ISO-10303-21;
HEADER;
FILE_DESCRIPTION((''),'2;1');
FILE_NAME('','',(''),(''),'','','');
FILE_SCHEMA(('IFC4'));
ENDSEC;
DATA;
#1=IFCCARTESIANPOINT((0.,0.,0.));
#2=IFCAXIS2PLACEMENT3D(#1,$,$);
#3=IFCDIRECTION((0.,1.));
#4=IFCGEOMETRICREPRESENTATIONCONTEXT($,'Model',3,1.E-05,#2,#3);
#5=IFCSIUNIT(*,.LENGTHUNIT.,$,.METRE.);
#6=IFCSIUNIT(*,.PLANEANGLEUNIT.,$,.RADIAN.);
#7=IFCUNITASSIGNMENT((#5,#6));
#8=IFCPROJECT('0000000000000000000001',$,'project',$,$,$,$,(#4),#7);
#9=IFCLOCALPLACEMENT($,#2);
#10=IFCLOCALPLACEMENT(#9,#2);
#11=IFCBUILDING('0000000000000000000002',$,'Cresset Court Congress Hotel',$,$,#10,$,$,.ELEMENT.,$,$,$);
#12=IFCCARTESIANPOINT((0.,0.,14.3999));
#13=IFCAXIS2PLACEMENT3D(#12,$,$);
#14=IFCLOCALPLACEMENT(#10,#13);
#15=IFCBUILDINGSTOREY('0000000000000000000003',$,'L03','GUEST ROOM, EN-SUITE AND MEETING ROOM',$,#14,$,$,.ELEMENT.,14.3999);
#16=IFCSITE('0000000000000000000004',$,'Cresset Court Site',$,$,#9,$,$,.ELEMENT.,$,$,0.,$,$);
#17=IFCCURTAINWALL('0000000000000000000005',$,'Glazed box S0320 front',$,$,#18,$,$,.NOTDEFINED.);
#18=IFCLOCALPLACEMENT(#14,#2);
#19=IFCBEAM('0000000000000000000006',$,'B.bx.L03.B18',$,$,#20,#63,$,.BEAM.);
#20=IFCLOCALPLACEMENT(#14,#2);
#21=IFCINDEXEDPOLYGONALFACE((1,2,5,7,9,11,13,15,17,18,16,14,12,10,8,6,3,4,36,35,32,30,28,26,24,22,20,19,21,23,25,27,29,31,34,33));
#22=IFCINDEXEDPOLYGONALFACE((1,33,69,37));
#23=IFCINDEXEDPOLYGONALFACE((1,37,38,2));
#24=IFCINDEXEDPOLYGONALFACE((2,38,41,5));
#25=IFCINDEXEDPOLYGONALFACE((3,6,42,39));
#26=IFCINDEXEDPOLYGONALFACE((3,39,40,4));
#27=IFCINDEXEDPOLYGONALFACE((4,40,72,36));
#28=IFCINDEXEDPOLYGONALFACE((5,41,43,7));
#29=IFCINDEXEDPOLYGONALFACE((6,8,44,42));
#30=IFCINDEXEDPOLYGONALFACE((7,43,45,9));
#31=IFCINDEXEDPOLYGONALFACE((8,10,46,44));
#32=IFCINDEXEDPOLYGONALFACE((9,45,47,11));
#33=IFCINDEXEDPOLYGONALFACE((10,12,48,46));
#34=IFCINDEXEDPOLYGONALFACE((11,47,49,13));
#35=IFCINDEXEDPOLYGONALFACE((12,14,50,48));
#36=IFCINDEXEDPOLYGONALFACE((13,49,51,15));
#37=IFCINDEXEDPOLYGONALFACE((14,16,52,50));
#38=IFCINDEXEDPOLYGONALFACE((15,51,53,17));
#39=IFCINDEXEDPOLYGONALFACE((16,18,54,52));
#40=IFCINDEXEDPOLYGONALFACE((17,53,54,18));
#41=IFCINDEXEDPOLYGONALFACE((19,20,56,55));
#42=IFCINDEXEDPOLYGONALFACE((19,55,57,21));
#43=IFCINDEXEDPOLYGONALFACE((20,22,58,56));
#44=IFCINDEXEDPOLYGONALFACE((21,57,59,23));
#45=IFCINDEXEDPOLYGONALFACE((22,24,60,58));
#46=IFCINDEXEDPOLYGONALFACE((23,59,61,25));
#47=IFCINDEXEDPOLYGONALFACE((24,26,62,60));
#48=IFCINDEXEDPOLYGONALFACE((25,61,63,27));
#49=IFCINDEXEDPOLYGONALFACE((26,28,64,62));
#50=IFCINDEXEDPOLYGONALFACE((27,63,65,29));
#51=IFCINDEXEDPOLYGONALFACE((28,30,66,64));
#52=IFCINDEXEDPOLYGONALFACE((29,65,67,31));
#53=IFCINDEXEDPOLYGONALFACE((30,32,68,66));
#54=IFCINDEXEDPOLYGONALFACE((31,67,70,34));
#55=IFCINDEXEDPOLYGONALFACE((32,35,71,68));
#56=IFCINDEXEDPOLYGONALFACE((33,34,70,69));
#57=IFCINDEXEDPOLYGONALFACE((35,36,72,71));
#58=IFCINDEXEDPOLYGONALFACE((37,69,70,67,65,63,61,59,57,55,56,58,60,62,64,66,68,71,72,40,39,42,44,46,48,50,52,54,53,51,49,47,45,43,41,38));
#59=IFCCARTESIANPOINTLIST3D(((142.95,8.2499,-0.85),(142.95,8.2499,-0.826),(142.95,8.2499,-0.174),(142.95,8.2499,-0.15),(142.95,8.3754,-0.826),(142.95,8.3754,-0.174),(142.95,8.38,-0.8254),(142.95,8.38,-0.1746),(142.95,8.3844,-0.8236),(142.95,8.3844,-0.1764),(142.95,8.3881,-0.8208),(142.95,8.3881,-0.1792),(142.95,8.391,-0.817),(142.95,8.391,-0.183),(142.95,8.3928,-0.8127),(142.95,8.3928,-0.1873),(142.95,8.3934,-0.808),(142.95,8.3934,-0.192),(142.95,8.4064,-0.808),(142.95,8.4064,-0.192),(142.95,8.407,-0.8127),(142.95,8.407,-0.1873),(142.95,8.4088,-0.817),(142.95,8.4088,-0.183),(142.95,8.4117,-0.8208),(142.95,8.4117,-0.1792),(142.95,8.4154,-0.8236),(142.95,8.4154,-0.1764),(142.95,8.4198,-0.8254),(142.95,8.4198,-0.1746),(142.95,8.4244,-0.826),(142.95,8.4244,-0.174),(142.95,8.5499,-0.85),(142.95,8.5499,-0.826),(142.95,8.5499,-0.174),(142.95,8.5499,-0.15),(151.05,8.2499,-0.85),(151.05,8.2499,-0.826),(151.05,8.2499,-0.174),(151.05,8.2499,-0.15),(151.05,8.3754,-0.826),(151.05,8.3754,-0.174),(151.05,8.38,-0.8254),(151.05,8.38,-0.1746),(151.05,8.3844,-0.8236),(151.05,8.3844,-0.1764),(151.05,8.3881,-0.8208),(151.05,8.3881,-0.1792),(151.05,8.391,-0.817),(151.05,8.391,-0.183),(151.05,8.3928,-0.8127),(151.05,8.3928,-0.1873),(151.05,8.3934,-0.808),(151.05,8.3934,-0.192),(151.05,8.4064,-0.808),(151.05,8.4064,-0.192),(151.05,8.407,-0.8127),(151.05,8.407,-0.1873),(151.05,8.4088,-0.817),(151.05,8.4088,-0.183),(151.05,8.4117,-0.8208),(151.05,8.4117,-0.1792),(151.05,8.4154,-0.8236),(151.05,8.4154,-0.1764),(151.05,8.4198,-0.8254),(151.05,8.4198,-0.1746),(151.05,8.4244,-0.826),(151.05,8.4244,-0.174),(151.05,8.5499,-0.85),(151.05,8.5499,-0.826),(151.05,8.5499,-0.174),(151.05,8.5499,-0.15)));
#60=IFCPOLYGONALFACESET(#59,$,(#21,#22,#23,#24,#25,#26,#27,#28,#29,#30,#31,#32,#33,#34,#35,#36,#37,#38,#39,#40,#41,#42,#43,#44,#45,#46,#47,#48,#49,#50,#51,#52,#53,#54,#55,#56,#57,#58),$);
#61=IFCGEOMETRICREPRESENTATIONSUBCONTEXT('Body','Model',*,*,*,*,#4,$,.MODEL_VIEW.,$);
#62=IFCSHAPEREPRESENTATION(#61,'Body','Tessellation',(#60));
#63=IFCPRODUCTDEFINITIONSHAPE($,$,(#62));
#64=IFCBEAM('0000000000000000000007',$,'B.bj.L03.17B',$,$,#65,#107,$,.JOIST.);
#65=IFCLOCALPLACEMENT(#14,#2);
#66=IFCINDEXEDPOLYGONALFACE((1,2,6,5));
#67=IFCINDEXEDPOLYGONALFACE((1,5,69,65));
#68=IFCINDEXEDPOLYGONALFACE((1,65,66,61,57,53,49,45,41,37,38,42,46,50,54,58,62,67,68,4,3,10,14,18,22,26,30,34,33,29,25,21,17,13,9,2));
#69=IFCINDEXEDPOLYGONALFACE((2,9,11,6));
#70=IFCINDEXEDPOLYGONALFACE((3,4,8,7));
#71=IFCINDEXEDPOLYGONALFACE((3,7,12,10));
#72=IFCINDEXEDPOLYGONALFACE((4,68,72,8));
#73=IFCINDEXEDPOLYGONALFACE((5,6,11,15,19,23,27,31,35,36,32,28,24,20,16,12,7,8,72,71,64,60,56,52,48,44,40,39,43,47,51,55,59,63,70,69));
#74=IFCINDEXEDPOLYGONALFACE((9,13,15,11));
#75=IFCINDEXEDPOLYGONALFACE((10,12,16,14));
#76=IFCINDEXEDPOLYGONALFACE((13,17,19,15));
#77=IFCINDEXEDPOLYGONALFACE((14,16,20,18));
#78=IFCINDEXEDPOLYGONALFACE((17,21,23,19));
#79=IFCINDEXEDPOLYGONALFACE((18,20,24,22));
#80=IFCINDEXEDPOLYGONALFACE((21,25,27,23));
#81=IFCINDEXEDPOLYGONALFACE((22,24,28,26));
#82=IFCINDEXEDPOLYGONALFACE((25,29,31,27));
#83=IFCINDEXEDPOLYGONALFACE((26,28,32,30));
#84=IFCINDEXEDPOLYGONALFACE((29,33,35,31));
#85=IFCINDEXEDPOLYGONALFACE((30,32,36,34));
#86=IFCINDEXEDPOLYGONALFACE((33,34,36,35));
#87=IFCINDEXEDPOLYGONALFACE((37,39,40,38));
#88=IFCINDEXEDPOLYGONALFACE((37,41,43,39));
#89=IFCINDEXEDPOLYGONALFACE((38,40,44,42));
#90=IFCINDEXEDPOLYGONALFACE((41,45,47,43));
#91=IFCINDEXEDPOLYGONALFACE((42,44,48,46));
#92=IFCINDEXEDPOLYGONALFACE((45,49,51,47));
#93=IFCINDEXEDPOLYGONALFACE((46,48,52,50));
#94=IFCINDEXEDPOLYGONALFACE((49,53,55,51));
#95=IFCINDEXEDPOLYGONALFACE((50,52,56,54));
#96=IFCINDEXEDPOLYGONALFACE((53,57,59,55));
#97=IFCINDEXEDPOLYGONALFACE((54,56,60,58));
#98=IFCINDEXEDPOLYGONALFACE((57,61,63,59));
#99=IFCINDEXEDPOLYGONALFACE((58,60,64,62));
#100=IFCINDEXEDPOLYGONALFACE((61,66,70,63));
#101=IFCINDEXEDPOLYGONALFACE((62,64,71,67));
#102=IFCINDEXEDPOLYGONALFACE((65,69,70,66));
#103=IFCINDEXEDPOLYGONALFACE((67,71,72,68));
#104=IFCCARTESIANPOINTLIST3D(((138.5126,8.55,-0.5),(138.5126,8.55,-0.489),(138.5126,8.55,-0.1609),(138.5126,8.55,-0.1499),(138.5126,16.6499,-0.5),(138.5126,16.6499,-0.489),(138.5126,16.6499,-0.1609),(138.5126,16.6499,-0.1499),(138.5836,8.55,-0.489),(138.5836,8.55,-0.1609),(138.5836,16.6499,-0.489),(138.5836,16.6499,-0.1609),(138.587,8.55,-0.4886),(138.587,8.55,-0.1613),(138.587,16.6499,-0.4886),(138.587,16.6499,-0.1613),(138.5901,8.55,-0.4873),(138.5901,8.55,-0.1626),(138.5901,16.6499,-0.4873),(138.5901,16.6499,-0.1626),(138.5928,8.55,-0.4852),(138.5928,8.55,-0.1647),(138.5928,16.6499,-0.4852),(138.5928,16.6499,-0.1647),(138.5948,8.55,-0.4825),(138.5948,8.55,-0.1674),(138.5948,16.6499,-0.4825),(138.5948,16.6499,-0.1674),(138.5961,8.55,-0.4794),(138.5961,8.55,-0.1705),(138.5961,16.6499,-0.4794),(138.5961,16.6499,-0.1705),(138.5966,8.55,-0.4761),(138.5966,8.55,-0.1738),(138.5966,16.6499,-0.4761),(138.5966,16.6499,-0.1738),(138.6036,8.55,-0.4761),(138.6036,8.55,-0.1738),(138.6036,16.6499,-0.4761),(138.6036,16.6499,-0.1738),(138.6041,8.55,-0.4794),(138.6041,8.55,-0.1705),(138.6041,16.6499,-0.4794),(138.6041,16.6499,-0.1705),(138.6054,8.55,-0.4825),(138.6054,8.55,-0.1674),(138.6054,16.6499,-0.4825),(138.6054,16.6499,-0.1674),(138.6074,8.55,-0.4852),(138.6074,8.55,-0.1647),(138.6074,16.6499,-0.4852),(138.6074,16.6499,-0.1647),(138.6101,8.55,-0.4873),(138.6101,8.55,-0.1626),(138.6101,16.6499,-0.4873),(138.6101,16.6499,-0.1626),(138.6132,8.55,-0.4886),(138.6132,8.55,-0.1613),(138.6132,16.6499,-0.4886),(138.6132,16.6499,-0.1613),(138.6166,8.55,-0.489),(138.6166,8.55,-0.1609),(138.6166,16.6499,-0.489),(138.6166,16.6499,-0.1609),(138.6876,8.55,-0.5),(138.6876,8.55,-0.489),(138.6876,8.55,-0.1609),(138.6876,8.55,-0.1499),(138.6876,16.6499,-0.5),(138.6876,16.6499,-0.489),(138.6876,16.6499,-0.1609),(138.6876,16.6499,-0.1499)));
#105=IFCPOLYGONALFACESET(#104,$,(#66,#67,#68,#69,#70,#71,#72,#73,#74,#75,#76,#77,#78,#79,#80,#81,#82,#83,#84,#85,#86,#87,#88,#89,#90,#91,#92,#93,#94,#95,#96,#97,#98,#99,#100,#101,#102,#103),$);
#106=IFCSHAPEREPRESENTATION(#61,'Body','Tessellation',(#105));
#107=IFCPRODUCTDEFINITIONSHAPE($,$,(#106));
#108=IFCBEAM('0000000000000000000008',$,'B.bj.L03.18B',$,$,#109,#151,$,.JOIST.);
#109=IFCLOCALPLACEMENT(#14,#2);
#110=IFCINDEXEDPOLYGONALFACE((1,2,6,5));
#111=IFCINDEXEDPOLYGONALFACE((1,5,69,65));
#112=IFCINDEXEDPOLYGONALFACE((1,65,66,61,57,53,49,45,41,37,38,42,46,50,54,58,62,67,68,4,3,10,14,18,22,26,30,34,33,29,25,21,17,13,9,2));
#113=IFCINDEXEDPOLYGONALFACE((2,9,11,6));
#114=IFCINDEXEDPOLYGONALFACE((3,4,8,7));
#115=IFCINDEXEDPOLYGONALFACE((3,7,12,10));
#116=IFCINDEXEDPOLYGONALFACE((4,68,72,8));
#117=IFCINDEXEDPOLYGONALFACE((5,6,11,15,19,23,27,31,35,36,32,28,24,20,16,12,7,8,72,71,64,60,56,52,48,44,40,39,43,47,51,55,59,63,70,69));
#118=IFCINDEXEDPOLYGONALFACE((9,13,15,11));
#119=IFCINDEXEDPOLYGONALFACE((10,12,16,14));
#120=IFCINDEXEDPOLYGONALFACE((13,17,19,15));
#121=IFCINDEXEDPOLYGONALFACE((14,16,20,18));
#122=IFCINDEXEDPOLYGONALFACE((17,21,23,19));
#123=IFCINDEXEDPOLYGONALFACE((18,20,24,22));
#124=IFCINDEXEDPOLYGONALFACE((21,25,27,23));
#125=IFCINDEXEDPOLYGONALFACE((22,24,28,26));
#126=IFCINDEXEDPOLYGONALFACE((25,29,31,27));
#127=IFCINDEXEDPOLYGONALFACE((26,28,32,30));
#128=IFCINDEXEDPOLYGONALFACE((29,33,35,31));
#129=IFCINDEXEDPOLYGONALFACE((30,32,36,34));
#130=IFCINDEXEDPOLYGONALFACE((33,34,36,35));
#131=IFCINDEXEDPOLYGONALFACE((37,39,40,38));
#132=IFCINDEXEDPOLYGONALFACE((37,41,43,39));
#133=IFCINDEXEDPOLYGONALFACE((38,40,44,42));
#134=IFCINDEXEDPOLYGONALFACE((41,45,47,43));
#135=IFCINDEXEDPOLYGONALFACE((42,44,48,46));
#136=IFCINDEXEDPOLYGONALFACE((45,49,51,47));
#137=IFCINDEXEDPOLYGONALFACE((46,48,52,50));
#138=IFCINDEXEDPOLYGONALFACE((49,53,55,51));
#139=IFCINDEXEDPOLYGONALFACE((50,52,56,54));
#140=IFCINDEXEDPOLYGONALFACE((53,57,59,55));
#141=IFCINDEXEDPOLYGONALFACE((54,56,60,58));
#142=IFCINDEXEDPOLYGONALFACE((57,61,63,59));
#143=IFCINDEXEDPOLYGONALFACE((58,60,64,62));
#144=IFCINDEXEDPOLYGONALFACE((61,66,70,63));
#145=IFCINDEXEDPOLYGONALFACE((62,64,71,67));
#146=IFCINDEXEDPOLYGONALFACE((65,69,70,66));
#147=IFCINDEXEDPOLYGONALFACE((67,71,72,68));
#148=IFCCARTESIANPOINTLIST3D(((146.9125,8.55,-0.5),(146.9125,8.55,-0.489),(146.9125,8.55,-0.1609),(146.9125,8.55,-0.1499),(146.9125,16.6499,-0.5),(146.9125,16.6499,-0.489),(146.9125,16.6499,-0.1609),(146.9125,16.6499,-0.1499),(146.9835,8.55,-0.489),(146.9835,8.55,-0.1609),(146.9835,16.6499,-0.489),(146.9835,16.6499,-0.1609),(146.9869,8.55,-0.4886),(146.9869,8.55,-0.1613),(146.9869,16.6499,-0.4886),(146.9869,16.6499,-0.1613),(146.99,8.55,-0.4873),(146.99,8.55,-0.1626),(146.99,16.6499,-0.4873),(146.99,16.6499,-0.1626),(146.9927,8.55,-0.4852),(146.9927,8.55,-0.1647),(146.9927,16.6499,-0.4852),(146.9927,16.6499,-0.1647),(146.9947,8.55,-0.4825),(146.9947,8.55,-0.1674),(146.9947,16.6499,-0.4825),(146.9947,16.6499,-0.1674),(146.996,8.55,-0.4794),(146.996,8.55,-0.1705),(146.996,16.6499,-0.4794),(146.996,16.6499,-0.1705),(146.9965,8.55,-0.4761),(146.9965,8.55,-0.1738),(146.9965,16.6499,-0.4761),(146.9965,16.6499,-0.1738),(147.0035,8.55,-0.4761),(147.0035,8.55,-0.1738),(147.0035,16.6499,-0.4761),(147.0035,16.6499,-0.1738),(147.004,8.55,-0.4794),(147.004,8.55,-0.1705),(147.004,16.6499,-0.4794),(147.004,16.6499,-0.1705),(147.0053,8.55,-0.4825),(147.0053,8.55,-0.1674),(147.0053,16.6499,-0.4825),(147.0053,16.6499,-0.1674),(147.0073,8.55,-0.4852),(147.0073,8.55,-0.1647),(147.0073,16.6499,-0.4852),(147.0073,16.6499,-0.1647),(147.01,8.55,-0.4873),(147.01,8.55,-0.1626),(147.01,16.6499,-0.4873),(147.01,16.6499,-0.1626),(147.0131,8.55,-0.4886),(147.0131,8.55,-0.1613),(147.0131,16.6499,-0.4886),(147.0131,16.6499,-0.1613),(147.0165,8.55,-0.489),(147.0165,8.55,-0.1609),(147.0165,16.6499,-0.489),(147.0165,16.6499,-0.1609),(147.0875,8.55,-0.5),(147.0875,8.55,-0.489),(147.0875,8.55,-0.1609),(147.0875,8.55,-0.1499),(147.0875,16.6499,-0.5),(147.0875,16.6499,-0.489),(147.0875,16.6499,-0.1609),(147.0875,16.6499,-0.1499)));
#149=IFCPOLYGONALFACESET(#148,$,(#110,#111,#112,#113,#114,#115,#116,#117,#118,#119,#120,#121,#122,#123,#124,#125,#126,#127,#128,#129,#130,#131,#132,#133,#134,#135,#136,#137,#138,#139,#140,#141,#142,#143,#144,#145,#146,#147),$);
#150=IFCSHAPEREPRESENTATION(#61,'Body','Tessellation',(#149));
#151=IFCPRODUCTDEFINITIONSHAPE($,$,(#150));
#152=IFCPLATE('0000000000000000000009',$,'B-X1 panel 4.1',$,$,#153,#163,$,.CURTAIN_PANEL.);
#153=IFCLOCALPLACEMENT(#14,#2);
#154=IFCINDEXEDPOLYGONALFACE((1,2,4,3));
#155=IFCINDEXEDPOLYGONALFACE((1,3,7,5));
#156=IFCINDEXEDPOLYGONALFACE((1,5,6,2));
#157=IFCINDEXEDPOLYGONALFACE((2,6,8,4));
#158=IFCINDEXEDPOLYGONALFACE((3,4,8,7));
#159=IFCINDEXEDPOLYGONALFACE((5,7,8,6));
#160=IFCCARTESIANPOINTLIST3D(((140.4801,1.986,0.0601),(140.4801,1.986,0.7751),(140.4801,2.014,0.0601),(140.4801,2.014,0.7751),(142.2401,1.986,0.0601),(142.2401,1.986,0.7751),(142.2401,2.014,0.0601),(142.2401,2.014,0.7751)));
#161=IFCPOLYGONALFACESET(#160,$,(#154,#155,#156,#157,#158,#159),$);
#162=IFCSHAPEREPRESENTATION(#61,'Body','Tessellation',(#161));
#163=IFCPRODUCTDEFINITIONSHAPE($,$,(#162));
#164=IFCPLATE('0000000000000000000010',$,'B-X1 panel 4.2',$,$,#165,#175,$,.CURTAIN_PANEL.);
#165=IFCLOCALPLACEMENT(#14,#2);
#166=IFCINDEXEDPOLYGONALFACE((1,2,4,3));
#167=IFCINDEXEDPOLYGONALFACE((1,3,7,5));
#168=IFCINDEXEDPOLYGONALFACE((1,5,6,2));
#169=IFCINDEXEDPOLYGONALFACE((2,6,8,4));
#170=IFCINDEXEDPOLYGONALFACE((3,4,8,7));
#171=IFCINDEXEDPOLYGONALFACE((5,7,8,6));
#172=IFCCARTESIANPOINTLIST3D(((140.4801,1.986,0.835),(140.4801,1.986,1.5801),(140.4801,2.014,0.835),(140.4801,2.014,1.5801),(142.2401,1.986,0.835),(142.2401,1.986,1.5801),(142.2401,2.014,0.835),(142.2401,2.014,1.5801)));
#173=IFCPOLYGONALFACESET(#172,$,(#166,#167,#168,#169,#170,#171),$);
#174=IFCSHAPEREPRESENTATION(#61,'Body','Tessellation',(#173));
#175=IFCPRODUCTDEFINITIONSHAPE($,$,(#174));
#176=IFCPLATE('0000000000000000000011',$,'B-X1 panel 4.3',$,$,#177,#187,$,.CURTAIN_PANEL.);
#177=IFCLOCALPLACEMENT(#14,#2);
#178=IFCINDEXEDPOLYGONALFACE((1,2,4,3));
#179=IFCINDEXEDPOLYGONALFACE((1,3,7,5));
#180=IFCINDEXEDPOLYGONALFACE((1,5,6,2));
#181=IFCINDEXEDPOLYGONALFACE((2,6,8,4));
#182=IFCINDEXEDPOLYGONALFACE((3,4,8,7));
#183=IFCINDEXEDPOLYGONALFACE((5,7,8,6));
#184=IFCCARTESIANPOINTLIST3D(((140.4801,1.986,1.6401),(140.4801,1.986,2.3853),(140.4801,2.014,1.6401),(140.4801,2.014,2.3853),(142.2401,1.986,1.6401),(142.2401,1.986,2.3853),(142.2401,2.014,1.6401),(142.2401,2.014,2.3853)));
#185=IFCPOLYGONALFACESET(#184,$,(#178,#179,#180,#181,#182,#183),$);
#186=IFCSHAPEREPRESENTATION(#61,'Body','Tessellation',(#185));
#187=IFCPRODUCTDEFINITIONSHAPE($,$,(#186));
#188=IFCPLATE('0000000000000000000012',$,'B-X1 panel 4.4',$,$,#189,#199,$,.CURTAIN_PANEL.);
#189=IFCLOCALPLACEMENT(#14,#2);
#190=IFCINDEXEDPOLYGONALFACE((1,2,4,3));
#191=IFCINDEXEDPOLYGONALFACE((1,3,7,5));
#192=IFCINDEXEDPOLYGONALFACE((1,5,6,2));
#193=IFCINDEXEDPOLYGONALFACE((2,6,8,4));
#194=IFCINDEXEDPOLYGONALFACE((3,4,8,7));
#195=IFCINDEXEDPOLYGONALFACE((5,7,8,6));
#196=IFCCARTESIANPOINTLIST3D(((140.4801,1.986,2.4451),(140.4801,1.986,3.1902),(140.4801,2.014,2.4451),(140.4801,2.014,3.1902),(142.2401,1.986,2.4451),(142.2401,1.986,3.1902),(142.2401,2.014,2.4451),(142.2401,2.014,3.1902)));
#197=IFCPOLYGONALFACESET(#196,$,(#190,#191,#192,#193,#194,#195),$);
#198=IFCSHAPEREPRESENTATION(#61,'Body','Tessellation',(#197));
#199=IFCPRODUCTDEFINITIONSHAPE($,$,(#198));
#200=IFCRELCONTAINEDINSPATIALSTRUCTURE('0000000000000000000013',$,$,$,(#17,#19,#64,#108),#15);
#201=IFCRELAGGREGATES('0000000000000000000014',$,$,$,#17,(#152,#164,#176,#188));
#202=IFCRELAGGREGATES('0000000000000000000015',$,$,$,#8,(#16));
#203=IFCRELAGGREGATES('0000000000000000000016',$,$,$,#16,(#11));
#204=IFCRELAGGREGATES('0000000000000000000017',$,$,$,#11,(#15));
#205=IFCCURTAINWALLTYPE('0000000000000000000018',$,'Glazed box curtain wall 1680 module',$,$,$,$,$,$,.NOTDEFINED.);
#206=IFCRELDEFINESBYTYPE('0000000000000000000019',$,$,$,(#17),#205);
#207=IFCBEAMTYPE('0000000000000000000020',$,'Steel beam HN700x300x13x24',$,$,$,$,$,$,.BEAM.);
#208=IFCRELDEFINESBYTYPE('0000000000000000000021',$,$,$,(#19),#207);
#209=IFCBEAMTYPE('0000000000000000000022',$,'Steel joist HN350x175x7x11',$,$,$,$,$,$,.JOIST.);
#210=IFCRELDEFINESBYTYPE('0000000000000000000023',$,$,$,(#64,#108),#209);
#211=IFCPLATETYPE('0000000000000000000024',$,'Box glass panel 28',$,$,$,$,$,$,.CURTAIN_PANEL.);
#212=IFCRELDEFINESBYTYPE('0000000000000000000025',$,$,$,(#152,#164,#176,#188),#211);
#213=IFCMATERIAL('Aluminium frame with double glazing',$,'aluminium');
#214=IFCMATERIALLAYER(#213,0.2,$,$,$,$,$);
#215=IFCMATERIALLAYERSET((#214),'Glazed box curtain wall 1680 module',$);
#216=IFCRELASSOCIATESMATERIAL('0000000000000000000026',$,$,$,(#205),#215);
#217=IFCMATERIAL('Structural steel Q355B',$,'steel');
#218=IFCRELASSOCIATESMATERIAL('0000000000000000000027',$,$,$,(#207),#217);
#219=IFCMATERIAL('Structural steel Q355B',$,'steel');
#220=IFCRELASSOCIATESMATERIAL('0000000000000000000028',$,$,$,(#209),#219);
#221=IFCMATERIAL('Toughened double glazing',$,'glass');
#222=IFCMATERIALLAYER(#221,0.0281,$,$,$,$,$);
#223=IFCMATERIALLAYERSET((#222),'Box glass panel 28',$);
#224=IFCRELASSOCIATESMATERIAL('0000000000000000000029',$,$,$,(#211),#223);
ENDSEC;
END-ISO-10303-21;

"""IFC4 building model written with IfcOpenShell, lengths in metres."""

from ifc_helpers import new_model, si_unit, direction, frame, origin, origin_2d, place, context, subcontext, project, spatial, rectangle, i_section, extrude, material, layer, layer_set, material_profile, profile_set, type_object, element, aggregate, save


model = new_model("IFC4")

# Units and contexts
model_context = context("Model", 3, precision=1e-05, world=origin(), true_north=direction((0.0, 1.0)))
body_context = subcontext(model_context, "Body", "Model", "MODEL_VIEW")
ifc_project = project(units=[si_unit("LENGTHUNIT", "METRE"), si_unit("PLANEANGLEUNIT", "RADIAN")], contexts=[model_context])

# Site, building, storey
site_placement = place(None, origin())
site = spatial("IfcSite", under=ifc_project, at=site_placement, Name="Cresset Court Site", CompositionType="ELEMENT", RefElevation=0.0)
building_placement = place(site_placement, origin())
building = spatial("IfcBuilding", under=site, at=building_placement, Name="Cresset Court Congress Hotel", CompositionType="ELEMENT")
storey_placement = place(building_placement, frame((0.0, 0.0, 14.3999)))
storey = spatial("IfcBuildingStorey", under=building, at=storey_placement, Name="L03", Description="GUEST ROOM, EN-SUITE AND MEETING ROOM", CompositionType="ELEMENT", Elevation=14.3999)

# Curtain wall
ifc_material_1 = material(Name="Aluminium frame with double glazing", Category="aluminium")
ifc_layer_1 = layer(ifc_material_1, 0.2)
ifc_layer_set_1 = layer_set([ifc_layer_1], Name="Glazed box curtain wall 1680 module")
curtain_wall_type = type_object("IfcCurtainWallType", Name="Glazed box curtain wall 1680 module", PredefinedType="NOTDEFINED", material=ifc_layer_set_1)
curtain_wall_placement = place(storey_placement, origin())
curtain_wall = element("IfcCurtainWall", 1, at=curtain_wall_placement, inside=storey, type_object=curtain_wall_type, Name="Glazed box S0320 front", PredefinedType="NOTDEFINED")

# Beams
ifc_material_2 = material(Name="Structural steel Q355B", Category="steel")
ifc_material_profile_1 = material_profile(ifc_material_2, i_section(OverallWidth=0.3, OverallDepth=0.7, WebThickness=0.0129, FlangeThickness=0.0239, FilletRadius=0.0181, at=origin_2d()), Name="HN700x300x13x24")
ifc_profile_set_1 = profile_set([ifc_material_profile_1], Name="Structural steel Q355B")
beam_type_1 = type_object("IfcBeamType", Name="Steel beam HN700x300x13x24", PredefinedType="BEAM", material=ifc_profile_set_1)
beam_1_placement = place(storey_placement, frame((142.95, 8.3999, -0.5), z_axis=(1.0, 0.0, 0.0), x_axis=(0.0, 1.0, 0.0)))
element("IfcBeam", 2, at=beam_1_placement, inside=storey, type_object=beam_type_1, Name="B.bx.L03.B18", PredefinedType="BEAM", context=body_context, shape_type="SweptSolid", body=[
    extrude(i_section(OverallWidth=0.3, OverallDepth=0.7, WebThickness=0.0129, FlangeThickness=0.0239, FilletRadius=0.0181, at=origin_2d()), origin(), (0.0, 0.0, 1.0), 8.1001),
])
ifc_material_3 = material(Name="Structural steel Q355B", Category="steel")
ifc_material_profile_2 = material_profile(ifc_material_3, i_section(OverallWidth=0.175, OverallDepth=0.3501, WebThickness=0.0071, FlangeThickness=0.011, FilletRadius=0.0129, at=origin_2d()), Name="HN350x175x7x11")
ifc_profile_set_2 = profile_set([ifc_material_profile_2], Name="Structural steel Q355B")
beam_type_2 = type_object("IfcBeamType", Name="Steel joist HN350x175x7x11", PredefinedType="JOIST", material=ifc_profile_set_2)
for number, where, z_axis, x_axis, name in (
    (3, (138.6001, 8.55, -0.325), (0.0, 1.0, 0.0), (-1.0, 0.0, 0.0), "B.bj.L03.17B"),
    (4, (147.0, 8.55, -0.325), (0.0, 1.0, 0.0), (-1.0, 0.0, 0.0), "B.bj.L03.18B"),
):
    element("IfcBeam", number, at=place(storey_placement, frame(where, z_axis=z_axis, x_axis=x_axis)), inside=storey, type_object=beam_type_2, Name=name, PredefinedType="JOIST", context=body_context, shape_type="SweptSolid", body=[
        extrude(i_section(OverallWidth=0.175, OverallDepth=0.3501, WebThickness=0.0071, FlangeThickness=0.011, FilletRadius=0.0129, at=origin_2d()), origin(), (0.0, 0.0, 1.0), 8.0999),
    ])

# Plates
ifc_material_4 = material(Name="Toughened double glazing", Category="glass")
ifc_layer_2 = layer(ifc_material_4, 0.0281)
ifc_layer_set_2 = layer_set([ifc_layer_2], Name="Box glass panel 28")
plate_type_1 = type_object("IfcPlateType", Name="Box glass panel 28", PredefinedType="CURTAIN_PANEL", material=ifc_layer_set_2)
plate_1_placement = place(storey_placement, frame((141.3601, 2.0, 0.0601), z_axis=(0.0, 0.0, 1.0), x_axis=(1.0, 0.0, 0.0)))
plate_1 = element("IfcPlate", 5, at=plate_1_placement, type_object=plate_type_1, Name="B-X1 panel 4.1", PredefinedType="CURTAIN_PANEL", context=body_context, shape_type="SweptSolid", body=[
    extrude(rectangle(XDim=1.76, YDim=0.0281, at=origin_2d()), origin(), (0.0, 0.0, 1.0), 0.7151),
])
plate_2_placement = place(storey_placement, frame((141.3601, 2.0, 0.835), z_axis=(0.0, 0.0, 1.0), x_axis=(1.0, 0.0, 0.0)))
plate_2 = element("IfcPlate", 6, at=plate_2_placement, type_object=plate_type_1, Name="B-X1 panel 4.2", PredefinedType="CURTAIN_PANEL", context=body_context, shape_type="SweptSolid", body=[
    extrude(rectangle(XDim=1.76, YDim=0.0281, at=origin_2d()), origin(), (0.0, 0.0, 1.0), 0.7451),
])
plate_3_placement = place(storey_placement, frame((141.3601, 2.0, 1.6401), z_axis=(0.0, 0.0, 1.0), x_axis=(1.0, 0.0, 0.0)))
plate_3 = element("IfcPlate", 7, at=plate_3_placement, type_object=plate_type_1, Name="B-X1 panel 4.3", PredefinedType="CURTAIN_PANEL", context=body_context, shape_type="SweptSolid", body=[
    extrude(rectangle(XDim=1.76, YDim=0.0281, at=origin_2d()), origin(), (0.0, 0.0, 1.0), 0.7451),
])
plate_4_placement = place(storey_placement, frame((141.3601, 2.0, 2.4451), z_axis=(0.0, 0.0, 1.0), x_axis=(1.0, 0.0, 0.0)))
plate_4 = element("IfcPlate", 8, at=plate_4_placement, type_object=plate_type_1, Name="B-X1 panel 4.4", PredefinedType="CURTAIN_PANEL", context=body_context, shape_type="SweptSolid", body=[
    extrude(rectangle(XDim=1.76, YDim=0.0281, at=origin_2d()), origin(), (0.0, 0.0, 1.0), 0.7451),
])
aggregate(curtain_wall, [plate_1, plate_2, plate_3, plate_4])

save(model, "model.ifc")
